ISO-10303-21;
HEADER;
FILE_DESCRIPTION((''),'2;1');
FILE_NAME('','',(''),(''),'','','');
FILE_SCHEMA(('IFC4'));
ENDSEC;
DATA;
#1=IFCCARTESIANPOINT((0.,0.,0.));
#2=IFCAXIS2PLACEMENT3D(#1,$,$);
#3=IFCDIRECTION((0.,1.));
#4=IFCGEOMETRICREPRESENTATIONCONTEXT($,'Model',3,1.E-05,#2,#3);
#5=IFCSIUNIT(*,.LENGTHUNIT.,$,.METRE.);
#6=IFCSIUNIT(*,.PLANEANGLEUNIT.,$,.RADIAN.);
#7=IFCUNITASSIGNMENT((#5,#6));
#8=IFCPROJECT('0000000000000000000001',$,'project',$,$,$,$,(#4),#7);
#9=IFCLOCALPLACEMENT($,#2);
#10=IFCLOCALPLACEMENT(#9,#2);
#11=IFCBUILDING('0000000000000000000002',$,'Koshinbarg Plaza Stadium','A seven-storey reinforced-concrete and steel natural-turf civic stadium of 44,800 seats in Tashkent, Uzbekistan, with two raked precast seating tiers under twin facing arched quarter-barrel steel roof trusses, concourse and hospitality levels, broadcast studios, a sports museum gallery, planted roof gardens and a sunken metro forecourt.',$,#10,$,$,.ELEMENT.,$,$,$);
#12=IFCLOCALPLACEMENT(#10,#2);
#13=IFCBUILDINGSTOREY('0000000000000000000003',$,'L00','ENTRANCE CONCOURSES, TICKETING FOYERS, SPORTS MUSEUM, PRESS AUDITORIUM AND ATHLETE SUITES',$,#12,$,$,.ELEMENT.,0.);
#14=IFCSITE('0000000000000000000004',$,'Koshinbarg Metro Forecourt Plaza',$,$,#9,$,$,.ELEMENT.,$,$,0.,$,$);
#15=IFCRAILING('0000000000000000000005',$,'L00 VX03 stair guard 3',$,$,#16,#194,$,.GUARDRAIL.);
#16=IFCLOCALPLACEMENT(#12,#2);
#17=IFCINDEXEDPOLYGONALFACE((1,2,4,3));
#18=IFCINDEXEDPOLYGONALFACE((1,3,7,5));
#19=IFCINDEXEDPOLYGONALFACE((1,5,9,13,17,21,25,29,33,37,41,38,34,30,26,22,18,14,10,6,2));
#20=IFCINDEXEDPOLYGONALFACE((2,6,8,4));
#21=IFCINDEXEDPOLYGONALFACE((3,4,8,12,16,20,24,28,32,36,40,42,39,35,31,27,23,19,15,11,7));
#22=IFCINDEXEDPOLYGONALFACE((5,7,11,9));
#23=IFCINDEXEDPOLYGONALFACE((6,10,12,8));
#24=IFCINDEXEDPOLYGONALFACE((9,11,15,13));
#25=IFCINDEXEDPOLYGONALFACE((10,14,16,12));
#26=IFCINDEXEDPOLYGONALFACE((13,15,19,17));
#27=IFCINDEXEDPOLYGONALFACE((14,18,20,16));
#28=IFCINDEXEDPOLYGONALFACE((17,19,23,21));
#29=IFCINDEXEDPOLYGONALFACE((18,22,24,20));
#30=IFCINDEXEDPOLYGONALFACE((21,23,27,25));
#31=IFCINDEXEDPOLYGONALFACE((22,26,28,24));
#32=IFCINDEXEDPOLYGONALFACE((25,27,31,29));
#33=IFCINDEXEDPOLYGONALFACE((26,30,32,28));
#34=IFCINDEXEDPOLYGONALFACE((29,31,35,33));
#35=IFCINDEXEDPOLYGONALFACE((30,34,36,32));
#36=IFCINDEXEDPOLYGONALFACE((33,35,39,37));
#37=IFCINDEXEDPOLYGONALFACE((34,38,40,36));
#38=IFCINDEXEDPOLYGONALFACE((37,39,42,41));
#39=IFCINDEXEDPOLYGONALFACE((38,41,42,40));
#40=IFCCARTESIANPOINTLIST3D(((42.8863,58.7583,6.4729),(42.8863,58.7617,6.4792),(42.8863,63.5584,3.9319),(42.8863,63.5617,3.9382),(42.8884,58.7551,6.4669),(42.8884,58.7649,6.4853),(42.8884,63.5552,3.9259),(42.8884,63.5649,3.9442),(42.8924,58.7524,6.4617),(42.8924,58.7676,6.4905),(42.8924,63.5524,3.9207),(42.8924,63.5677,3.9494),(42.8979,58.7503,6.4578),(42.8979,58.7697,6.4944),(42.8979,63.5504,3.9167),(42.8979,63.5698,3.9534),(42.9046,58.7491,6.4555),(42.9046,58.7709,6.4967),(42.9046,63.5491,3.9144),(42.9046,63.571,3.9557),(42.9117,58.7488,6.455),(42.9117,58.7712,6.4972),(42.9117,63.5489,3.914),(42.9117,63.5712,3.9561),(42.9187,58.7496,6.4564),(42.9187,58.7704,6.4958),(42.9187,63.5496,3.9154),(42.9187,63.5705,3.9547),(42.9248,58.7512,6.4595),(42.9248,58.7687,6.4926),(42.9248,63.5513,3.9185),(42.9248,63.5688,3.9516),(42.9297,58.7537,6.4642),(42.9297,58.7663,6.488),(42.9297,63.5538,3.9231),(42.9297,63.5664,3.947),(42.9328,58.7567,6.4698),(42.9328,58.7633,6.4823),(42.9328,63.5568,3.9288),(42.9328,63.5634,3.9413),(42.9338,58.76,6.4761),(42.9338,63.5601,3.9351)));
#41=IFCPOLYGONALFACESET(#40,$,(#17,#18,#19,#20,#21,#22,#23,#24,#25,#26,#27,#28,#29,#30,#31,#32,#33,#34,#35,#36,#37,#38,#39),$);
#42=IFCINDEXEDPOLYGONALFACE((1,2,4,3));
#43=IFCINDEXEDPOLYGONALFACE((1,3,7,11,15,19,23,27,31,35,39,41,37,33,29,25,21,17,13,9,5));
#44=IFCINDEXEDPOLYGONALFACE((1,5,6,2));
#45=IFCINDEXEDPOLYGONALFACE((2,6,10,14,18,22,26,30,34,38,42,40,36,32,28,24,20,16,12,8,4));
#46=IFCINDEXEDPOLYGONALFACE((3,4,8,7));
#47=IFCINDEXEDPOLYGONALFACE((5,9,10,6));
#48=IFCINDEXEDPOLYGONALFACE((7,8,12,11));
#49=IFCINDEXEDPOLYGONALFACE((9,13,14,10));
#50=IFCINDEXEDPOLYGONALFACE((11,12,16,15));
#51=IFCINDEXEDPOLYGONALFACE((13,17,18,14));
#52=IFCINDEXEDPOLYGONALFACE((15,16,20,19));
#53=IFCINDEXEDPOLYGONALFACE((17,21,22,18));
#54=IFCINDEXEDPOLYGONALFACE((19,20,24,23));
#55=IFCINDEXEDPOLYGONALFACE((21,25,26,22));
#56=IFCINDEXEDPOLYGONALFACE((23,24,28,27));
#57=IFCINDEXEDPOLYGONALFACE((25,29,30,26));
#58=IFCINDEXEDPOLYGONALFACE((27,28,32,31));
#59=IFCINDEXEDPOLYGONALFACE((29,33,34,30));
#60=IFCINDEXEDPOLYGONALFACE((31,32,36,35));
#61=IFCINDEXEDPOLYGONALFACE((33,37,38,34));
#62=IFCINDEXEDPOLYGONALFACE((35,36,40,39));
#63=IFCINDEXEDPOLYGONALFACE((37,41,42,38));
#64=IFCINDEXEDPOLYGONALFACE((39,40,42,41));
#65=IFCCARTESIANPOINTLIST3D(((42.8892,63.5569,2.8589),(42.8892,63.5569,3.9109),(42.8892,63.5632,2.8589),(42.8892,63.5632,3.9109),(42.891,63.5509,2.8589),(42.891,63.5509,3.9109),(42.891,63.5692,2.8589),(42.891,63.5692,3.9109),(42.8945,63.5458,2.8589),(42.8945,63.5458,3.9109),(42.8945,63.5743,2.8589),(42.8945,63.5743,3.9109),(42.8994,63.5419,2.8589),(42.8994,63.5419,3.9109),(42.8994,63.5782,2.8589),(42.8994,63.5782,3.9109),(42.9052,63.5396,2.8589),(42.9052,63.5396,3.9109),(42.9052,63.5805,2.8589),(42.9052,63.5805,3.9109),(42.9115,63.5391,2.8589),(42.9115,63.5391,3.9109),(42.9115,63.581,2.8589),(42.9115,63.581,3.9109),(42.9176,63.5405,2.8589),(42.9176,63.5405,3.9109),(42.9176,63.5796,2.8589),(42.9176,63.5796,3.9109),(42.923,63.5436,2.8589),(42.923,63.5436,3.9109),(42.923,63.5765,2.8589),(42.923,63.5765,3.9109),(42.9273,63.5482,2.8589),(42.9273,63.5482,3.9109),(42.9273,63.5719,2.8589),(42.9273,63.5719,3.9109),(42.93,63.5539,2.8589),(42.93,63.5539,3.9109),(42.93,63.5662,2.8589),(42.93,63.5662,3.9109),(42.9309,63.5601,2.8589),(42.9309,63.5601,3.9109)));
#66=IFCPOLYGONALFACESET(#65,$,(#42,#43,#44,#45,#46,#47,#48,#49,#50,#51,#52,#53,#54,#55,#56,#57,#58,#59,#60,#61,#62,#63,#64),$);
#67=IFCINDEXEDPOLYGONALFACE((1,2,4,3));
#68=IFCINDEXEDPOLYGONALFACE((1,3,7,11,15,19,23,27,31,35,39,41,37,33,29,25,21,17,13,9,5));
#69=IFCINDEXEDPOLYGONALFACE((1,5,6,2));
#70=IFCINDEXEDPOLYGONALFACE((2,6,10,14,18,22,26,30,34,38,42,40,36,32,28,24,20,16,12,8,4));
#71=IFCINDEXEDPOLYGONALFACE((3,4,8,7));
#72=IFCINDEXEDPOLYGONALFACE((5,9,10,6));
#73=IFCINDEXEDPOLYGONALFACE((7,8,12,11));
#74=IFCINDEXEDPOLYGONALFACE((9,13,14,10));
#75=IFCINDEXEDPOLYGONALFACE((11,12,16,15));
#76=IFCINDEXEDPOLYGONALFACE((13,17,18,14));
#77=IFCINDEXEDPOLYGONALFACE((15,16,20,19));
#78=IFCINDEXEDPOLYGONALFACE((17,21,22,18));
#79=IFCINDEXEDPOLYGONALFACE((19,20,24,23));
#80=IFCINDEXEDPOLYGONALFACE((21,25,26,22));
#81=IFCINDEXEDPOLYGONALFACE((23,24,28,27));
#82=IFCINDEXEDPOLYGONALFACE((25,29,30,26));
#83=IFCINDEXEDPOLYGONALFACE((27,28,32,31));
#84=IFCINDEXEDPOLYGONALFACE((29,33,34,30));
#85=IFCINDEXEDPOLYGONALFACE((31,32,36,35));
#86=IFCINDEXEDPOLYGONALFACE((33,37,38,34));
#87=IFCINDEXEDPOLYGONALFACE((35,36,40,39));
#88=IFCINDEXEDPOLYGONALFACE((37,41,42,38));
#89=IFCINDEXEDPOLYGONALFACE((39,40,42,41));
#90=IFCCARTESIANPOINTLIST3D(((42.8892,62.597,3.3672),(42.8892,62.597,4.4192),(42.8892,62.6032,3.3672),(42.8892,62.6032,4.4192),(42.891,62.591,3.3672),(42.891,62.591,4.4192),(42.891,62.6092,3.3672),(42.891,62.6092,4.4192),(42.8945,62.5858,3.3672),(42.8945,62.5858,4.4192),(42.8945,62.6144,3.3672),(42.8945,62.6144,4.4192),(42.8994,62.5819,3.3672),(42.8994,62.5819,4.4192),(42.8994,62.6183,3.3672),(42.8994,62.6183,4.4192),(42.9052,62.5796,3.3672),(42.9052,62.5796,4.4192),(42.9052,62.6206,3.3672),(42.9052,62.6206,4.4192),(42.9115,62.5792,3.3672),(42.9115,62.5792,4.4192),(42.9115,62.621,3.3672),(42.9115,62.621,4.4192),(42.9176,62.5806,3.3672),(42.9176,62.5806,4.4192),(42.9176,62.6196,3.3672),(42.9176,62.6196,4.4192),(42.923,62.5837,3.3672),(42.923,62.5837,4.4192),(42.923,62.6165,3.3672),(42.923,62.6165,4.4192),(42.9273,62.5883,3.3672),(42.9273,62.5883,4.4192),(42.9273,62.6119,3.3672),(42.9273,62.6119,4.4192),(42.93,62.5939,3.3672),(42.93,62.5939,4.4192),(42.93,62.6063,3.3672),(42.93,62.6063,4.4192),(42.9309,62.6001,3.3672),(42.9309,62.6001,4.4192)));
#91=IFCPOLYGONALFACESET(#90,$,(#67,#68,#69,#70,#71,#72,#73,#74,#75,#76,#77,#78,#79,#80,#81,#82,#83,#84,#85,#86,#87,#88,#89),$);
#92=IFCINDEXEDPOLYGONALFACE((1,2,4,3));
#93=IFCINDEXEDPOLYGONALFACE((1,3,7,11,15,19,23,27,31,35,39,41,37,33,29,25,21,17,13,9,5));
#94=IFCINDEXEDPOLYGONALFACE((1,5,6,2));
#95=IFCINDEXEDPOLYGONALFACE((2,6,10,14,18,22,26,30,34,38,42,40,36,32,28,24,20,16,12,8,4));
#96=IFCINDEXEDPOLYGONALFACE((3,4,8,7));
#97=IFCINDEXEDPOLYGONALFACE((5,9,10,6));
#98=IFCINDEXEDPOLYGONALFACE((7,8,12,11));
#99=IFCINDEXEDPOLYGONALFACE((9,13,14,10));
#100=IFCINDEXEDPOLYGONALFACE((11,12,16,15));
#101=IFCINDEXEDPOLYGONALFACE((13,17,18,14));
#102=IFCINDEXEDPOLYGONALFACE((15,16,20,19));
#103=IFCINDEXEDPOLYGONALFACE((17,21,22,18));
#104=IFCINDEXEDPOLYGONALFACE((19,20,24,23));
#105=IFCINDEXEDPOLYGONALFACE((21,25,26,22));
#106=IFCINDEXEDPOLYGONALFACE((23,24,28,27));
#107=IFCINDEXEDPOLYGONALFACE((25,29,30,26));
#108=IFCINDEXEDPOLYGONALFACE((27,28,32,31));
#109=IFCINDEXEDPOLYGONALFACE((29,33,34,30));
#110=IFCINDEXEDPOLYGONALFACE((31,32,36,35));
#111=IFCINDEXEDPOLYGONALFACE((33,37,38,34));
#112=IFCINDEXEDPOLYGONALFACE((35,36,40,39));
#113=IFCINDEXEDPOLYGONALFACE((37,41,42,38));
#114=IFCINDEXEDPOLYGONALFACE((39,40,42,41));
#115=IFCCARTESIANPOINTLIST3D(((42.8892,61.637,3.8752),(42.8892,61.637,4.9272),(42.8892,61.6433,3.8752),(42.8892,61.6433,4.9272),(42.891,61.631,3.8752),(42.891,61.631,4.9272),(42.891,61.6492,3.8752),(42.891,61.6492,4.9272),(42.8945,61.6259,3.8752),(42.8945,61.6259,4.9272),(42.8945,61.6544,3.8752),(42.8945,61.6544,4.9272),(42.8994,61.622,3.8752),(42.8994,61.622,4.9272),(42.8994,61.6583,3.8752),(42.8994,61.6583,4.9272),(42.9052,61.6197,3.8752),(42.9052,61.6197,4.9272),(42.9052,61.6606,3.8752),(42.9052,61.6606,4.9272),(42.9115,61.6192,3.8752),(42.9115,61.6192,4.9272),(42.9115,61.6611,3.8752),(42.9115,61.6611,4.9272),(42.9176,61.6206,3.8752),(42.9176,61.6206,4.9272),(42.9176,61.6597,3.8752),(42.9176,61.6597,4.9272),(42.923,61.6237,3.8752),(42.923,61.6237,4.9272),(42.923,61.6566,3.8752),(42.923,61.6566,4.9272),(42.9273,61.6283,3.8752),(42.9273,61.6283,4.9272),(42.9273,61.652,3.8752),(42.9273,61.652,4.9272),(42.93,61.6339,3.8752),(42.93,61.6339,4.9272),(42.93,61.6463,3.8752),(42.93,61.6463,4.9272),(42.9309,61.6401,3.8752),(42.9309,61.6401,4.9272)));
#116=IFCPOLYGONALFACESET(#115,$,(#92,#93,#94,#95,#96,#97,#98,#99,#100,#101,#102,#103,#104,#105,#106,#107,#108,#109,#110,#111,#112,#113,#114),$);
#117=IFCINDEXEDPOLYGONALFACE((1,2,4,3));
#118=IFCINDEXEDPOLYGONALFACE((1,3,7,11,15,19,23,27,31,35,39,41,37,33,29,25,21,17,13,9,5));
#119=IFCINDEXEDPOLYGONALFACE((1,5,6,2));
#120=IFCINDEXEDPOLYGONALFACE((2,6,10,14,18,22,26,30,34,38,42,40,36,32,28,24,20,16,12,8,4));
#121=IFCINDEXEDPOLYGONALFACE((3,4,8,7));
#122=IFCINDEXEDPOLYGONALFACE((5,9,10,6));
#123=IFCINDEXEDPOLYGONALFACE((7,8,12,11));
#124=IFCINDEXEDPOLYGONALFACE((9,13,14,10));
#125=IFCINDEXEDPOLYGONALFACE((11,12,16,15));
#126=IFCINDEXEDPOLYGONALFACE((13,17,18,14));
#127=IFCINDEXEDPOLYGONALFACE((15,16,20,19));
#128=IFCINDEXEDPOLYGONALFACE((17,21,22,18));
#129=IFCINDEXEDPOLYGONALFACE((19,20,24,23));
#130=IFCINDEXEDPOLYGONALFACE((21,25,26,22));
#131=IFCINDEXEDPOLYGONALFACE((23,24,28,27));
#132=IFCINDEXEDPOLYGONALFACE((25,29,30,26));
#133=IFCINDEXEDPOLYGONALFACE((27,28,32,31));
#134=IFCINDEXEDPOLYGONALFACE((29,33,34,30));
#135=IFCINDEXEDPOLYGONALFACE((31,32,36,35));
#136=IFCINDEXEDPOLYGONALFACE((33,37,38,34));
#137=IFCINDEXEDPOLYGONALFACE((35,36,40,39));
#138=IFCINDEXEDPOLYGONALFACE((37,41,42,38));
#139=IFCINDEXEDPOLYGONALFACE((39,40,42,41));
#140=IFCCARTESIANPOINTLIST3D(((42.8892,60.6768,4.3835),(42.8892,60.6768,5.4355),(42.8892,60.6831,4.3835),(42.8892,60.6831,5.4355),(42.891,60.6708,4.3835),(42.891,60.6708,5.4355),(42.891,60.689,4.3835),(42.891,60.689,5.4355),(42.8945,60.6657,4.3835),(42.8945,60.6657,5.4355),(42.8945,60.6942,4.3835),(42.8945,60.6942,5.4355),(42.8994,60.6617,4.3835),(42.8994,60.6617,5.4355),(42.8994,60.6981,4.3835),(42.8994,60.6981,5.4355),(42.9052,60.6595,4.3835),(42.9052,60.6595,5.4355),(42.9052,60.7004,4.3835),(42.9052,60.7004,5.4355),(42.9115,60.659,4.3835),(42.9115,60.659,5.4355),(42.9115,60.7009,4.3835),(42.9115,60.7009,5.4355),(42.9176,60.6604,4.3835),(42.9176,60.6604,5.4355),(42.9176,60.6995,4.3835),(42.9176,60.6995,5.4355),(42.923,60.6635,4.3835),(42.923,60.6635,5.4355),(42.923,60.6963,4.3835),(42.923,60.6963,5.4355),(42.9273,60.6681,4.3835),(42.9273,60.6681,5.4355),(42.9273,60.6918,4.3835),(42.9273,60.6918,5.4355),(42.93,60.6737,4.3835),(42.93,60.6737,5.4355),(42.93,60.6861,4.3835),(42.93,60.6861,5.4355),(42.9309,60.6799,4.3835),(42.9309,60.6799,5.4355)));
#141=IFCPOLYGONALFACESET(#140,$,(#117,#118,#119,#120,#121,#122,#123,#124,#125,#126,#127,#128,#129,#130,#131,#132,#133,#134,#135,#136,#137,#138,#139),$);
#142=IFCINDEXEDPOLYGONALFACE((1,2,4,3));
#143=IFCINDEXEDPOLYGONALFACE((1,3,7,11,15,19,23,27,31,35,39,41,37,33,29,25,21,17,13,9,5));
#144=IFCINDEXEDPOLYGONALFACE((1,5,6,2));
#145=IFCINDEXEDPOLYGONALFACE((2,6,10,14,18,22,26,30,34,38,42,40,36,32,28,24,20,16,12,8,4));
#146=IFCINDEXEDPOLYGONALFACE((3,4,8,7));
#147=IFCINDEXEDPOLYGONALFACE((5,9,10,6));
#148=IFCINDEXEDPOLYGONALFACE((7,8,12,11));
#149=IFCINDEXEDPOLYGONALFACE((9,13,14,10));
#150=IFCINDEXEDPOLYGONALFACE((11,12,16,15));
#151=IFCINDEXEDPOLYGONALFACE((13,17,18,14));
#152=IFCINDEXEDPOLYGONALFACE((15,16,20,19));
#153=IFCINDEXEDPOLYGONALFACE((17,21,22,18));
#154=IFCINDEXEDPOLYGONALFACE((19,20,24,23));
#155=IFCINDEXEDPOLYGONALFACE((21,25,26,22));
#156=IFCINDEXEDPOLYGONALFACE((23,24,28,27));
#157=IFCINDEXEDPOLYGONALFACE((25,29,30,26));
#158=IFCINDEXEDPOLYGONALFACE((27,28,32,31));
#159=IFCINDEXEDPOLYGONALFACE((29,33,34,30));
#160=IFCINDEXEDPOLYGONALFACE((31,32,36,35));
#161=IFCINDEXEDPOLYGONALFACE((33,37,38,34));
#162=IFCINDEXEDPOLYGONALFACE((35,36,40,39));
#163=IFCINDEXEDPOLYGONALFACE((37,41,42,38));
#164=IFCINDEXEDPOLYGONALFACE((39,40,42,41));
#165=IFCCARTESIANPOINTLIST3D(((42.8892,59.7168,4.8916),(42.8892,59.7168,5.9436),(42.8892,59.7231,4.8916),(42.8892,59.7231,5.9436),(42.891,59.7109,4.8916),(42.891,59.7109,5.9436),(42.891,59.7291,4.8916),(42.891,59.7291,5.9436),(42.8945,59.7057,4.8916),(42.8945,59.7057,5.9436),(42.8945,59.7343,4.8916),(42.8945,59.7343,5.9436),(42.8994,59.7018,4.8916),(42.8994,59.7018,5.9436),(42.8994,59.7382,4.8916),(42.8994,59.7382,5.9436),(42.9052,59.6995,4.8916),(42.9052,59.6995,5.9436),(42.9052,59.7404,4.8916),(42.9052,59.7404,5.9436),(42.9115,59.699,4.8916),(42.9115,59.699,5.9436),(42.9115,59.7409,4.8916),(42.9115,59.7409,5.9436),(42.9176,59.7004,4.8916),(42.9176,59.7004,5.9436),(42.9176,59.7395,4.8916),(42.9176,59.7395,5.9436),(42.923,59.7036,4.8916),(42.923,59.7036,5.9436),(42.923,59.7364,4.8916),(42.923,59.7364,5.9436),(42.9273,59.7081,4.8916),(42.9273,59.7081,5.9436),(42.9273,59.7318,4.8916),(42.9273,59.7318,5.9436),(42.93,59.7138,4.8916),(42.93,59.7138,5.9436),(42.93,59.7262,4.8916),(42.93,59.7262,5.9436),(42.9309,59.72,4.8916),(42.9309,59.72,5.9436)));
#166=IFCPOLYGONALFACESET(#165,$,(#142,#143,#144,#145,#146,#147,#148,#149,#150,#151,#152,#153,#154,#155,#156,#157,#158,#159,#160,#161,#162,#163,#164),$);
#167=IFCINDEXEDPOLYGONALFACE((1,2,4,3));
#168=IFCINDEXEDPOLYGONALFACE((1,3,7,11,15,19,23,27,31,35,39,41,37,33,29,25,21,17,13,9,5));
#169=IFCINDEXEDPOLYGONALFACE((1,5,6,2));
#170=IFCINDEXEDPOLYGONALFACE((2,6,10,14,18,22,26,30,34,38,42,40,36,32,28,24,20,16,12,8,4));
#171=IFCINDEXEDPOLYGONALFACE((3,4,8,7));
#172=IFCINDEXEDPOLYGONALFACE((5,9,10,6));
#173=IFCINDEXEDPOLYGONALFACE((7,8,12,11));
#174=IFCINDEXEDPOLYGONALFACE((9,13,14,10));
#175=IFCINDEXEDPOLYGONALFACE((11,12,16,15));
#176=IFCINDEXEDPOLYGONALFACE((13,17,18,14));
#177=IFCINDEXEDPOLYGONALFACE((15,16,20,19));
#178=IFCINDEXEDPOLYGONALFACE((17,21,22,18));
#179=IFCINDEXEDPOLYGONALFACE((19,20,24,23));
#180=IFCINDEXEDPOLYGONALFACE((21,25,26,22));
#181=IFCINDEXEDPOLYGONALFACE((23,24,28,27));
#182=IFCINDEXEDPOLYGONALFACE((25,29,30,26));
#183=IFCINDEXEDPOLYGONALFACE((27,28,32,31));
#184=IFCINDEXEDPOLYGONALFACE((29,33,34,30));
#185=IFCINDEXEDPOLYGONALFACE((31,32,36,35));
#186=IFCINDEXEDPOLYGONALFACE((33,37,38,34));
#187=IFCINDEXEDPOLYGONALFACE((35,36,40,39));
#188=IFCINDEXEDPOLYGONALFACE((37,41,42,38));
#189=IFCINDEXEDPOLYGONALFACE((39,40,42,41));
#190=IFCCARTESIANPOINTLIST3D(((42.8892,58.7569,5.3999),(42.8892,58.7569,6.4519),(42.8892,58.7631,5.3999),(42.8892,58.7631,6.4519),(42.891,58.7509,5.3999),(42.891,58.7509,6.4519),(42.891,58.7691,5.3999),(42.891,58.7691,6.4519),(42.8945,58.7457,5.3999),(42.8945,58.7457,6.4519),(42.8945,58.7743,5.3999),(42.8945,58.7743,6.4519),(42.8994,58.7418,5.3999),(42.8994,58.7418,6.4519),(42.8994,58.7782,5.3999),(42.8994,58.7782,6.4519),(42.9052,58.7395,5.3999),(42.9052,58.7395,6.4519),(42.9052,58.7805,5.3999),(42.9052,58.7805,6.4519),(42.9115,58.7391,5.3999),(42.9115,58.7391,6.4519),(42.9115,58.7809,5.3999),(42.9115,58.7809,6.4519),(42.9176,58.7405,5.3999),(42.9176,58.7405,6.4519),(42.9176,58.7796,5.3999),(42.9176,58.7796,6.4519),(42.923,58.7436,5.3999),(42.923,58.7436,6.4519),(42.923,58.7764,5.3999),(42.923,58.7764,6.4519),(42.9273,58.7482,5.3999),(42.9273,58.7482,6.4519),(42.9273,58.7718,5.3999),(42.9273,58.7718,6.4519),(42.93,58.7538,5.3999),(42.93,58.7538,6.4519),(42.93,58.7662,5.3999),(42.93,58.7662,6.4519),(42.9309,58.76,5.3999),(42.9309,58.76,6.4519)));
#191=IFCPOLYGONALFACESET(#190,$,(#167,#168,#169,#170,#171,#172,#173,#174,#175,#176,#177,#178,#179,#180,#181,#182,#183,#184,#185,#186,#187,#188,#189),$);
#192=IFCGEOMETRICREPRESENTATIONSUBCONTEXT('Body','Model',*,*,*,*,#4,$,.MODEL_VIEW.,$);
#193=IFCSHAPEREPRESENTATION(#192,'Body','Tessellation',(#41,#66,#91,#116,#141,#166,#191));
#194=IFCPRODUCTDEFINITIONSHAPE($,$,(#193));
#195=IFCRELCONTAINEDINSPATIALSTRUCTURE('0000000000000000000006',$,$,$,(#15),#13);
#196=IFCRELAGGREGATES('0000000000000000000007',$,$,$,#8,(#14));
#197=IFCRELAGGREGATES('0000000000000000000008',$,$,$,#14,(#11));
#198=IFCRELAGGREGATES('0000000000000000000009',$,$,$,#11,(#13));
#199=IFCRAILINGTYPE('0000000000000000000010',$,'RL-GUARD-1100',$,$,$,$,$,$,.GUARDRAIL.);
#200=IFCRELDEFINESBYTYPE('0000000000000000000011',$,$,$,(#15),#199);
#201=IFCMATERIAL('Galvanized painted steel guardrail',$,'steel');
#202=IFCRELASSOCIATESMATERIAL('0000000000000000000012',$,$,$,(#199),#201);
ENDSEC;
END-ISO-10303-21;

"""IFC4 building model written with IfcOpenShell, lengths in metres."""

from ifc_helpers import new_model, si_unit, direction, frame, origin, origin_2d, place, context, subcontext, project, spatial, circle, extrude, material, type_object, element, save


model = new_model("IFC4")

# Units and contexts
model_context = context("Model", 3, precision=1e-05, world=origin(), true_north=direction((0.0, 1.0)))
body_context = subcontext(model_context, "Body", "Model", "MODEL_VIEW")
ifc_project = project(units=[si_unit("LENGTHUNIT", "METRE"), si_unit("PLANEANGLEUNIT", "RADIAN")], contexts=[model_context])

# Site, building, storey
site_placement = place(None, origin())
site = spatial("IfcSite", under=ifc_project, at=site_placement, Name="Koshinbarg Metro Forecourt Plaza", CompositionType="ELEMENT", RefElevation=0.0)
building_placement = place(site_placement, origin())
building = spatial("IfcBuilding", under=site, at=building_placement, Name="Koshinbarg Plaza Stadium", Description="A seven-storey reinforced-concrete and steel natural-turf civic stadium of 44,800 seats in Tashkent, Uzbekistan, with two raked precast seating tiers under twin facing arched quarter-barrel steel roof trusses, concourse and hospitality levels, broadcast studios, a sports museum gallery, planted roof gardens and a sunken metro forecourt.", CompositionType="ELEMENT")
storey_placement = place(building_placement, origin())
storey = spatial("IfcBuildingStorey", under=building, at=storey_placement, Name="L00", Description="ENTRANCE CONCOURSES, TICKETING FOYERS, SPORTS MUSEUM, PRESS AUDITORIUM AND ATHLETE SUITES", CompositionType="ELEMENT", Elevation=0.0)

# Railing
ifc_material_1 = material(Name="Galvanized painted steel guardrail", Category="steel")
railing_type_1 = type_object("IfcRailingType", Name="RL-GUARD-1100", PredefinedType="GUARDRAIL", material=ifc_material_1)
railing_1_placement = place(storey_placement, frame((42.9099, 63.5601, 2.8589)))
element("IfcRailing", 1, at=railing_1_placement, inside=storey, type_object=railing_type_1, Name="L00 VX03 stair guard 3", PredefinedType="GUARDRAIL", context=body_context, shape_type="SweptSolid", body=[
    extrude(circle(Radius=0.0239, at=origin_2d()), frame((0.0, 0.0, 1.0762), z_axis=(0.0, -0.883802, 0.467861), x_axis=(1.0, 0.0, 0.0)), (0.0, 0.0, 1.0), 5.4312),
    extrude(circle(Radius=0.021, at=origin_2d()), origin(), (0.0, 0.0, 1.0), 1.052),
    extrude(circle(Radius=0.021, at=origin_2d()), frame((0.0, -0.96, 0.5083)), (0.0, 0.0, 1.0), 1.052),
    extrude(circle(Radius=0.021, at=origin_2d()), frame((0.0, -1.9199, 1.0164)), (0.0, 0.0, 1.0), 1.052),
    extrude(circle(Radius=0.021, at=origin_2d()), frame((0.0, -2.8801, 1.5247)), (0.0, 0.0, 1.0), 1.052),
    extrude(circle(Radius=0.021, at=origin_2d()), frame((0.0, -3.8401, 2.0327)), (0.0, 0.0, 1.0), 1.052),
    extrude(circle(Radius=0.021, at=origin_2d()), frame((0.0, -4.8, 2.541)), (0.0, 0.0, 1.0), 1.052),
])

save(model, "model.ifc")
